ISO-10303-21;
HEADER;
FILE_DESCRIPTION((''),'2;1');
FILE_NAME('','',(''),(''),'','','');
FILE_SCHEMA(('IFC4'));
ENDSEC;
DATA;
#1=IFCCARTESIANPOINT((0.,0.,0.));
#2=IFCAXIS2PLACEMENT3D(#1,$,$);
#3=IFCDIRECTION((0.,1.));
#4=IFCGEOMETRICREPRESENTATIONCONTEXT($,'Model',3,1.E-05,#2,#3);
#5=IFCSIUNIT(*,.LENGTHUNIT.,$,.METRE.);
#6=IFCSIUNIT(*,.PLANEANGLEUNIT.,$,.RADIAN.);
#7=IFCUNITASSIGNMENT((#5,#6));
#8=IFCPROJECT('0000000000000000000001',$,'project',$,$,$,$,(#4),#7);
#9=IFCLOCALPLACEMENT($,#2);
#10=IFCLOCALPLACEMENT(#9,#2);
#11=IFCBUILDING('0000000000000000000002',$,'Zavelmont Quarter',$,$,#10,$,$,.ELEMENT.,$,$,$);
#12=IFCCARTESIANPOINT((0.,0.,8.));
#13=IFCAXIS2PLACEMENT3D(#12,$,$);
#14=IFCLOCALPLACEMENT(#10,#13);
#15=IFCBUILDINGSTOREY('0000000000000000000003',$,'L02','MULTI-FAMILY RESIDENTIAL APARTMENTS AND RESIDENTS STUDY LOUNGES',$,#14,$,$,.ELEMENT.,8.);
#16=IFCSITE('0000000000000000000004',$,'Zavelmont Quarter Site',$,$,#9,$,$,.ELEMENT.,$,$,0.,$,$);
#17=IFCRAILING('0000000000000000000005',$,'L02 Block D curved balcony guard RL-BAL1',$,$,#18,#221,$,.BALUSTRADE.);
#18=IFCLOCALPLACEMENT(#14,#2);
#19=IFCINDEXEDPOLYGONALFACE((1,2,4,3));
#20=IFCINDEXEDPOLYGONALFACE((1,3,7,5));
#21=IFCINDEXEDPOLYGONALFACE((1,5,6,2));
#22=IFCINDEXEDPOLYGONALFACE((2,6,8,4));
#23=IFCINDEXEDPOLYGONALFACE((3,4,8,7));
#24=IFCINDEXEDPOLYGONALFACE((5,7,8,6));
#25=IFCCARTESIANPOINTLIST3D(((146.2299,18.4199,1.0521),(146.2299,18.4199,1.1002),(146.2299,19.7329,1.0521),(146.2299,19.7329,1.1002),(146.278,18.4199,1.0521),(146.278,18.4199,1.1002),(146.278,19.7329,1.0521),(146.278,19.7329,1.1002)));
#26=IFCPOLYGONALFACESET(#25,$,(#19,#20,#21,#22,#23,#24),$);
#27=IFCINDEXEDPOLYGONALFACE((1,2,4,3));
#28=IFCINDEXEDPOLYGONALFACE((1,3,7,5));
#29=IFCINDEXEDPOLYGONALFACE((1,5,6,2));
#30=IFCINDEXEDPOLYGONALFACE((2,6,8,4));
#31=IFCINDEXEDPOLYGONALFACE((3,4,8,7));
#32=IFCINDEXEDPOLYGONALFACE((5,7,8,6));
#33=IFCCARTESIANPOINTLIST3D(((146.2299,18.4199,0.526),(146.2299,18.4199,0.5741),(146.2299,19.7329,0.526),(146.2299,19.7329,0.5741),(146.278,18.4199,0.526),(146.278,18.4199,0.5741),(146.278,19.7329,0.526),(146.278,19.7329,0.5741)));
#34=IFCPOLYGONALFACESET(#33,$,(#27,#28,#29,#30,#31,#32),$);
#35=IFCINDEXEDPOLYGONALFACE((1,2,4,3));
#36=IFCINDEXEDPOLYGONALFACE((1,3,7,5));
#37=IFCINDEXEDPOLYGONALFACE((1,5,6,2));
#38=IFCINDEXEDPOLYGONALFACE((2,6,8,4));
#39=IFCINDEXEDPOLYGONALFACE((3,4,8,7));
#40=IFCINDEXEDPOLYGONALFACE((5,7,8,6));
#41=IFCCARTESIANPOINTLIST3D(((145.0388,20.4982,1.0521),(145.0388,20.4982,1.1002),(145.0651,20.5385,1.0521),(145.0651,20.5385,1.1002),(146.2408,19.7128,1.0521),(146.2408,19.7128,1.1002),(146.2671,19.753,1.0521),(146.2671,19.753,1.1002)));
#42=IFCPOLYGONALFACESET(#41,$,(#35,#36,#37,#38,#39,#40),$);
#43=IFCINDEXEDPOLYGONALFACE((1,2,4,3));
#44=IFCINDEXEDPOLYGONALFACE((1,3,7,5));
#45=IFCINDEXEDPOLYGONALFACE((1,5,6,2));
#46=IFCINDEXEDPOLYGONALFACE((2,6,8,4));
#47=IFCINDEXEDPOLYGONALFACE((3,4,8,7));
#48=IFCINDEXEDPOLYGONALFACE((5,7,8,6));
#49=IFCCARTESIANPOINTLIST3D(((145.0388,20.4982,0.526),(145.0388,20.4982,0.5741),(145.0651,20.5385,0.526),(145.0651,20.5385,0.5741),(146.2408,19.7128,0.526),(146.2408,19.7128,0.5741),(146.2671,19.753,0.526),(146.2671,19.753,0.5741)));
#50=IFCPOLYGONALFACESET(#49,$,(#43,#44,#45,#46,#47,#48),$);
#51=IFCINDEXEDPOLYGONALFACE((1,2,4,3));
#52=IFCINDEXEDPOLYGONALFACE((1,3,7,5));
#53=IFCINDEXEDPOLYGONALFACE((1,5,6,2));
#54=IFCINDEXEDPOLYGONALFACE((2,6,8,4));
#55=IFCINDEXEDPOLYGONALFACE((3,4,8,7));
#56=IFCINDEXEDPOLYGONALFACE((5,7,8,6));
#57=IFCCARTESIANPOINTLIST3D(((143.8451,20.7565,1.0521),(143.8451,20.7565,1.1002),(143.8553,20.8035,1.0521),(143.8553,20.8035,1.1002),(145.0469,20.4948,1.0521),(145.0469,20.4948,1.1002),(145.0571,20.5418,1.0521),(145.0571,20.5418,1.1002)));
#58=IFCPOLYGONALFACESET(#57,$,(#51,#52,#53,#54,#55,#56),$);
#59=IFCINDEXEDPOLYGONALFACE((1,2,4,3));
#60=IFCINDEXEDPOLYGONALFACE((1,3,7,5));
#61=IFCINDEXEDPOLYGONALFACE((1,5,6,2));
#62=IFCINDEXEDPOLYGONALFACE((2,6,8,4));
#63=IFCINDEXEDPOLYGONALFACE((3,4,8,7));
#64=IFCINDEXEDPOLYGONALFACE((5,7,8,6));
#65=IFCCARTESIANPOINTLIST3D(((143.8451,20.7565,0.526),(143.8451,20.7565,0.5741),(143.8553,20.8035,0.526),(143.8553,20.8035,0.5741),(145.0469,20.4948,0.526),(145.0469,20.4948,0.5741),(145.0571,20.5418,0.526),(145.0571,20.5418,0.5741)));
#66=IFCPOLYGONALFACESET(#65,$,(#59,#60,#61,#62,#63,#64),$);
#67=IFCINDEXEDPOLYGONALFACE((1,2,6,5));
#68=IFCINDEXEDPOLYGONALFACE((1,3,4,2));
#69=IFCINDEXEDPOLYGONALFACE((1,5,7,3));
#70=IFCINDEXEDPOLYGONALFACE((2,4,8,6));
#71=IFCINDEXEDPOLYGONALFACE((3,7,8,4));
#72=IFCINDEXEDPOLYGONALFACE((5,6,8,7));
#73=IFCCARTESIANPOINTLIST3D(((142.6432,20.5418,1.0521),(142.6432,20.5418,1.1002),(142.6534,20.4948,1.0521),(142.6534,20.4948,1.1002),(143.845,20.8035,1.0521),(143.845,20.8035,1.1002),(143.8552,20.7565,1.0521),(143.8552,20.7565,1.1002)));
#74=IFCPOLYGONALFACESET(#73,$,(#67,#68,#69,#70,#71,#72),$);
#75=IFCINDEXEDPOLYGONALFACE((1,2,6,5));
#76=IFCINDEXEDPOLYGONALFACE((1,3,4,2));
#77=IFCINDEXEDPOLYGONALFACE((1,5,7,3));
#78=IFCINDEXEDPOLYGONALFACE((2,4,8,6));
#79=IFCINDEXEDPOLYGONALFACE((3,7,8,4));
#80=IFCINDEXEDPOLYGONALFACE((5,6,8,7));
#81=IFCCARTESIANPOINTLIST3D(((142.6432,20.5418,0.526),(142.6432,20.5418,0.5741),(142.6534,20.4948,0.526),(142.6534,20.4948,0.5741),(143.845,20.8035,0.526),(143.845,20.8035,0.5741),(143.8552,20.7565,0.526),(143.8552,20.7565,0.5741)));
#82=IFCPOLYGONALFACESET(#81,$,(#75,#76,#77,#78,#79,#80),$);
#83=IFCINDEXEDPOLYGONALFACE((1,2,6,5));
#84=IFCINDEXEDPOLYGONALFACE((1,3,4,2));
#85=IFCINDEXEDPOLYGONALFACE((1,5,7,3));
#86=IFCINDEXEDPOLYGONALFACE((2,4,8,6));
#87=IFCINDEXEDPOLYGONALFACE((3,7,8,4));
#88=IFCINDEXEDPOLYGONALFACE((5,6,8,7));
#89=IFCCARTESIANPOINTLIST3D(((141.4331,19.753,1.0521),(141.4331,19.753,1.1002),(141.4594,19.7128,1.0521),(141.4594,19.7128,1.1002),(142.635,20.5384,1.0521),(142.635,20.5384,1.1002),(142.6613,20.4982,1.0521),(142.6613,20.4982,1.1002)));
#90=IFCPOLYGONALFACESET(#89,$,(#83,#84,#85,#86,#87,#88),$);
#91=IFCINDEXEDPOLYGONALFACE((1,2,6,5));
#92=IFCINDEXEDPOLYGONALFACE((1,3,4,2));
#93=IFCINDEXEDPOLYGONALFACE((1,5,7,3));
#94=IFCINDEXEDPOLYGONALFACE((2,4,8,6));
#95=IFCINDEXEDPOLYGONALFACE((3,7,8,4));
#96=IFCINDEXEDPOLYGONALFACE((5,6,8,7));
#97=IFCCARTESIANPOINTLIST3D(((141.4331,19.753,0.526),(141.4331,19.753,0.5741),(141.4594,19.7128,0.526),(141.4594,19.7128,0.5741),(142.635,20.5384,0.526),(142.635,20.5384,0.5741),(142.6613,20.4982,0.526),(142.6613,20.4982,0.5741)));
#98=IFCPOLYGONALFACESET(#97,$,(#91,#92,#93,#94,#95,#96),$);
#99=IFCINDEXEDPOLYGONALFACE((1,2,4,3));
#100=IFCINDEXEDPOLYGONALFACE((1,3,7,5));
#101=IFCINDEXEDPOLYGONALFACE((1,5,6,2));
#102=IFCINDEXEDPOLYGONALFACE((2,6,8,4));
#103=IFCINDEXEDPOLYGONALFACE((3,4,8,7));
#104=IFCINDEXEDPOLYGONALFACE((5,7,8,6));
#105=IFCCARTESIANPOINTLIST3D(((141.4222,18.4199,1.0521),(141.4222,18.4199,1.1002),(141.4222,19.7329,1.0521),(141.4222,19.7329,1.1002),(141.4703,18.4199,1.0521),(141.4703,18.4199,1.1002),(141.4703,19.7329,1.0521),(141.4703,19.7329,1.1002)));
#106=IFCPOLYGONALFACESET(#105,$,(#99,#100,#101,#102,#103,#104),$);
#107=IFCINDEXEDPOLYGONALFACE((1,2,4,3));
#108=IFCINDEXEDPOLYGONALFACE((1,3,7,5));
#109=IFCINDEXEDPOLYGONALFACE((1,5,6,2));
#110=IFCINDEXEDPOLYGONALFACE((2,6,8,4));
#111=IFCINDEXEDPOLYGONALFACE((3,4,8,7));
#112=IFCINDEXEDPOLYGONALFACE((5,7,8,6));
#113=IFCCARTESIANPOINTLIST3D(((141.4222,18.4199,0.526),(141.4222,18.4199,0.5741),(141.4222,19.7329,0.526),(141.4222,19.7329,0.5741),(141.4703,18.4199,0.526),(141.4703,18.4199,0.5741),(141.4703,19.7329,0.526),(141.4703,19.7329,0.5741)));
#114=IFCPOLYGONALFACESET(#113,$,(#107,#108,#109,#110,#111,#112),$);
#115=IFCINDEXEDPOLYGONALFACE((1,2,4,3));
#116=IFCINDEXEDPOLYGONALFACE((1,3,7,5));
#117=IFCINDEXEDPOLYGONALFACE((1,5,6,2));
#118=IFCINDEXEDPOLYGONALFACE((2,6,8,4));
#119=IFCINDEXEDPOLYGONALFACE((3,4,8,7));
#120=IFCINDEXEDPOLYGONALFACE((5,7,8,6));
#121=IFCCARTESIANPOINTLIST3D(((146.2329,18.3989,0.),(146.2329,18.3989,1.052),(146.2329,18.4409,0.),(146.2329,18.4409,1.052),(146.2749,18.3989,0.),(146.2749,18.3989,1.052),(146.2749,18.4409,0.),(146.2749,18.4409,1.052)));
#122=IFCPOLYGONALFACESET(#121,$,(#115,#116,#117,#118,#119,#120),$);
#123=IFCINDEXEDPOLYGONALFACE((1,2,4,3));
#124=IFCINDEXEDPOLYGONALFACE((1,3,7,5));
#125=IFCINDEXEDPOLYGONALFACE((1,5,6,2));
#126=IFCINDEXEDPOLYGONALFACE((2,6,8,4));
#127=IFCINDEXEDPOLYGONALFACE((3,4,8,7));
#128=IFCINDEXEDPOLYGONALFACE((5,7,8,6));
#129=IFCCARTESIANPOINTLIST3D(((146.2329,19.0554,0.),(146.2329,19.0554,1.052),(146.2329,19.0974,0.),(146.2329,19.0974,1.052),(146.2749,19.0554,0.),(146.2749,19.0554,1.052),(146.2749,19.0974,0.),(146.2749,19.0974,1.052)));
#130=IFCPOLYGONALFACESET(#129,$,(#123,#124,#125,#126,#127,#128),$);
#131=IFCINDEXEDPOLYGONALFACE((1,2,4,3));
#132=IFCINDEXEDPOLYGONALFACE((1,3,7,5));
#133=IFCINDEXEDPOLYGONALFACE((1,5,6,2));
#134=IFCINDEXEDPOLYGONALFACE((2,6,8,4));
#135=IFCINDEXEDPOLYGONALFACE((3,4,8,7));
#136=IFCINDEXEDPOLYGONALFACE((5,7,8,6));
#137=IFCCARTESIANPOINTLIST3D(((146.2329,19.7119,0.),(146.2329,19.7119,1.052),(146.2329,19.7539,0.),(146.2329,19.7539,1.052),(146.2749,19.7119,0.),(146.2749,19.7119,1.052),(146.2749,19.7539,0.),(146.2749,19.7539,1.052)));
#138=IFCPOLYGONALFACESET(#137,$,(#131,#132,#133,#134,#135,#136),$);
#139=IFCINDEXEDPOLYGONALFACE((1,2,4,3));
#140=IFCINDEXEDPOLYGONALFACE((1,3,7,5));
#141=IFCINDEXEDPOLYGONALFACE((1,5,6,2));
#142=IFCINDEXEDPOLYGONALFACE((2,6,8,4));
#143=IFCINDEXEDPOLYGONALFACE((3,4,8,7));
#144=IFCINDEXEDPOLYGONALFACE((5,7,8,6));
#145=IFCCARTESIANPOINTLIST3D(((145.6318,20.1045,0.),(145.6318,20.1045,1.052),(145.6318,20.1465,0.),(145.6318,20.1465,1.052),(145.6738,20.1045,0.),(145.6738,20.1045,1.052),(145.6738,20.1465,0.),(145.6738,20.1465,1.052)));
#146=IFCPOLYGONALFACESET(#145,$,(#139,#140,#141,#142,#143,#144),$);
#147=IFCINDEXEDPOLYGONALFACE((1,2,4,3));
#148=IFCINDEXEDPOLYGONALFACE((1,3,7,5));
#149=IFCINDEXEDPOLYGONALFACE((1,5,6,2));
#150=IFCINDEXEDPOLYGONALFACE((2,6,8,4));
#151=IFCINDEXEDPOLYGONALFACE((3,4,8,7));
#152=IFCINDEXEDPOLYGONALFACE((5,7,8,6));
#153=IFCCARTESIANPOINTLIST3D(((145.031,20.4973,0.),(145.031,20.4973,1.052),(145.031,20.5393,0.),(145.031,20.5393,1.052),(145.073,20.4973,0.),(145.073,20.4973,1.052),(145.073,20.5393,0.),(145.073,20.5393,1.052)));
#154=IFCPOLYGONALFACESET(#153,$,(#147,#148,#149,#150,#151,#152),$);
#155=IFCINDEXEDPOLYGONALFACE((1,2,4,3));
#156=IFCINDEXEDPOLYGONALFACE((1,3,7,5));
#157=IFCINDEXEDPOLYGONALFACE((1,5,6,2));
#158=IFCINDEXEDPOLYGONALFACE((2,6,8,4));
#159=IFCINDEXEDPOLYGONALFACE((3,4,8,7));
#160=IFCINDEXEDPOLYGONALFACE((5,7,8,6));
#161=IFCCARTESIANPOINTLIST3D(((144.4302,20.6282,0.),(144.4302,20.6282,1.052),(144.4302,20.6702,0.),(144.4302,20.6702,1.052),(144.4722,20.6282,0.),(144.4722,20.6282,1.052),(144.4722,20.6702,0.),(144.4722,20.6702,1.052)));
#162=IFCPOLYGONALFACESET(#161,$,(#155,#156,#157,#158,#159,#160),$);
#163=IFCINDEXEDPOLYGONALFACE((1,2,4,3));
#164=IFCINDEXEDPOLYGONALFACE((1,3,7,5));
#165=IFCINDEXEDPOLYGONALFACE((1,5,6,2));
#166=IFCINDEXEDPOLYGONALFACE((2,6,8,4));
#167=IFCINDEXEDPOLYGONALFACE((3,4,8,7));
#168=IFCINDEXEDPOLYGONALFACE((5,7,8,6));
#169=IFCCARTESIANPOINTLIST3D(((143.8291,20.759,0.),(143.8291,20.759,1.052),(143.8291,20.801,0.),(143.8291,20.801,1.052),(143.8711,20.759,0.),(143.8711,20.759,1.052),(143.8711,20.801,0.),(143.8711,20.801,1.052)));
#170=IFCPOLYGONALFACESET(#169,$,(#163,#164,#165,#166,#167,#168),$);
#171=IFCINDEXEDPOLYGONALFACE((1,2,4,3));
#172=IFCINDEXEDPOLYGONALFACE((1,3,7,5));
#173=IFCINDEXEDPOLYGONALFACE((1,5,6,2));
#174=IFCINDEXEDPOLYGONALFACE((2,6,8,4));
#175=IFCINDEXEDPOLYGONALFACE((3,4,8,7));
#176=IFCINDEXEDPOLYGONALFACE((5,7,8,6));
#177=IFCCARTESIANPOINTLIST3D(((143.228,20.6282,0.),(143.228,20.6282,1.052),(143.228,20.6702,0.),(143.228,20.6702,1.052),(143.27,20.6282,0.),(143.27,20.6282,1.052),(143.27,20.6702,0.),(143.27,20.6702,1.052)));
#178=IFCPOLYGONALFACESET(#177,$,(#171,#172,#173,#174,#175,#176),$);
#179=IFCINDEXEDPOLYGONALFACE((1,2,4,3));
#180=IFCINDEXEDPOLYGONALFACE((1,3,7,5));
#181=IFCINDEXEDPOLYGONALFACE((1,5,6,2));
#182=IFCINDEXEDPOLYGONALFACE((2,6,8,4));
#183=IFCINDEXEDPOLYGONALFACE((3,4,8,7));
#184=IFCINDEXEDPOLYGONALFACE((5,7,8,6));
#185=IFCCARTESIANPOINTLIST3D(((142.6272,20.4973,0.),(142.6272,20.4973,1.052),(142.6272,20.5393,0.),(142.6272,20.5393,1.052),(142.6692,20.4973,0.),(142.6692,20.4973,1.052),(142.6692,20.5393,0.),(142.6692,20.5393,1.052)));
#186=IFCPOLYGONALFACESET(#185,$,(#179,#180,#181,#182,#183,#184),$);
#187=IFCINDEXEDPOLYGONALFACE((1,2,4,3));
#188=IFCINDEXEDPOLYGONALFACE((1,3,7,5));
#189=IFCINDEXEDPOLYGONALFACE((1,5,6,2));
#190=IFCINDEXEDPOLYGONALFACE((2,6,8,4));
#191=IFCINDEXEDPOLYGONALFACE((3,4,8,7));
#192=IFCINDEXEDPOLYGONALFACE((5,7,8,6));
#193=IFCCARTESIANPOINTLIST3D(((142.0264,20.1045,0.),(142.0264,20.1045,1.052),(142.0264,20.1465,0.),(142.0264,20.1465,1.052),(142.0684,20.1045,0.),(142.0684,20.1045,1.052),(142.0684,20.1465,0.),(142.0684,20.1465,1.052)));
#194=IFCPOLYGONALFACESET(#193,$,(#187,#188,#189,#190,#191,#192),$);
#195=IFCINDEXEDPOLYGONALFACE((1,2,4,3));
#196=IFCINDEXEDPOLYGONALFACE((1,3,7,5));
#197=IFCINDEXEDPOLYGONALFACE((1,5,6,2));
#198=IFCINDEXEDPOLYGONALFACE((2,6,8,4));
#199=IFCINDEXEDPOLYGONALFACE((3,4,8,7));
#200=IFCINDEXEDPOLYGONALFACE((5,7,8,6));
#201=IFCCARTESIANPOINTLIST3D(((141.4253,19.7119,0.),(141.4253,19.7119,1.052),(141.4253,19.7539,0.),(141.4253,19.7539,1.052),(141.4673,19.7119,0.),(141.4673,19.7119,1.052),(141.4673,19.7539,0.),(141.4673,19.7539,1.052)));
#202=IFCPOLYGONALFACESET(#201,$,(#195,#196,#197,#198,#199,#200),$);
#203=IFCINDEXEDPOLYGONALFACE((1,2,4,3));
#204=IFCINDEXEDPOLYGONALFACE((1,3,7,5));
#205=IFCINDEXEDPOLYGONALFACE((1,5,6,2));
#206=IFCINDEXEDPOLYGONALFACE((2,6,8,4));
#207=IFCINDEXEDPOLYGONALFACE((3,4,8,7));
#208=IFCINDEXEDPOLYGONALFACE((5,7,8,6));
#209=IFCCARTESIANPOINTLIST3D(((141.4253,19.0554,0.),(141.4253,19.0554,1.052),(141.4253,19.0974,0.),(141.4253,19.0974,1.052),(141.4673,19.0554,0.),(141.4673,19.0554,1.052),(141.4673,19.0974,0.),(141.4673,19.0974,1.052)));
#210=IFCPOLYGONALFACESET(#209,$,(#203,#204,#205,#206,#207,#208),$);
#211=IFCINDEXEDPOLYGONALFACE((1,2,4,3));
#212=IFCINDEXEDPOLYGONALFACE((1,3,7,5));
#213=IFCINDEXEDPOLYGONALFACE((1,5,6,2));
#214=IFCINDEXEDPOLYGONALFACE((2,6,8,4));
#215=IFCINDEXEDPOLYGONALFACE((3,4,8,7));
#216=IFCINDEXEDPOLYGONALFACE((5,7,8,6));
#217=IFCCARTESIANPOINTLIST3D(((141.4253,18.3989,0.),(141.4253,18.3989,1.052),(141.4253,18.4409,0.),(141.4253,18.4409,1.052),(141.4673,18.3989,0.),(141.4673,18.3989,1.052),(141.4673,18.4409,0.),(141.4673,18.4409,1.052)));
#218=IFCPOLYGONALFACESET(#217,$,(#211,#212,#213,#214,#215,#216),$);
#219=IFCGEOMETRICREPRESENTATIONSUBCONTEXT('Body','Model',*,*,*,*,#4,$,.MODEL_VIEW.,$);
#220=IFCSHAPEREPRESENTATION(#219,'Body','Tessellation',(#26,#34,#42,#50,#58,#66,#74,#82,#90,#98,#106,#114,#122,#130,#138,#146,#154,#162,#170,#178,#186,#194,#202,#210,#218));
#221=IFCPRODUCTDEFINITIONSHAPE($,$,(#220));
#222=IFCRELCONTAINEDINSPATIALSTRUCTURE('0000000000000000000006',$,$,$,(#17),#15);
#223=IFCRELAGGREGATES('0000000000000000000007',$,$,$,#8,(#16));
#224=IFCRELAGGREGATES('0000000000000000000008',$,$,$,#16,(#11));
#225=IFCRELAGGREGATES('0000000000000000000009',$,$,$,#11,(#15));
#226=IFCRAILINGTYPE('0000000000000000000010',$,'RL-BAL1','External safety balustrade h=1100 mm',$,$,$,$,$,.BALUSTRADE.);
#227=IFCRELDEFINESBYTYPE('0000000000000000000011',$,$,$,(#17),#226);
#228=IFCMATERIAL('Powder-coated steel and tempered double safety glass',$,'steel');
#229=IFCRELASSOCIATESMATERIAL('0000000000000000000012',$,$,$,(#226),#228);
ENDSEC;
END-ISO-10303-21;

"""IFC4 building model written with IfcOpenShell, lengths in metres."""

from ifc_helpers import new_model, si_unit, direction, frame, origin, origin_2d, place, context, subcontext, project, spatial, rectangle, extrude, material, type_object, element, save


model = new_model("IFC4")

# Units and contexts
model_context = context("Model", 3, precision=1e-05, world=origin(), true_north=direction((0.0, 1.0)))
body_context = subcontext(model_context, "Body", "Model", "MODEL_VIEW")
ifc_project = project(units=[si_unit("LENGTHUNIT", "METRE"), si_unit("PLANEANGLEUNIT", "RADIAN")], contexts=[model_context])

# Site, building, storey
site_placement = place(None, origin())
site = spatial("IfcSite", under=ifc_project, at=site_placement, Name="Zavelmont Quarter Site", CompositionType="ELEMENT", RefElevation=0.0)
building_placement = place(site_placement, origin())
building = spatial("IfcBuilding", under=site, at=building_placement, Name="Zavelmont Quarter", CompositionType="ELEMENT")
storey_placement = place(building_placement, frame((0.0, 0.0, 8.0)))
storey = spatial("IfcBuildingStorey", under=building, at=storey_placement, Name="L02", Description="MULTI-FAMILY RESIDENTIAL APARTMENTS AND RESIDENTS STUDY LOUNGES", CompositionType="ELEMENT", Elevation=8.0)

# Railing
ifc_material_1 = material(Name="Powder-coated steel and tempered double safety glass", Category="steel")
railing_type = type_object("IfcRailingType", Name="RL-BAL1", Description="External safety balustrade h=1100 mm", PredefinedType="BALUSTRADE", material=ifc_material_1)
railing_placement = place(storey_placement, frame((146.2539, 18.4199, 0.0)))
element("IfcRailing", 1, at=railing_placement, inside=storey, type_object=railing_type, Name="L02 Block D curved balcony guard RL-BAL1", PredefinedType="BALUSTRADE", context=body_context, shape_type="SweptSolid", body=[
    extrude(rectangle(XDim=0.0481, YDim=0.0481, at=origin_2d()), frame((0.0, 0.0, 1.0762), z_axis=(0.0, 1.0, 0.0), x_axis=(-1.0, 0.0, 0.0)), (0.0, 0.0, 1.0), 1.313),
    extrude(rectangle(XDim=0.0481, YDim=0.0481, at=origin_2d()), frame((0.0, 0.0, 0.55), z_axis=(0.0, 1.0, 0.0), x_axis=(-1.0, 0.0, 0.0)), (0.0, 0.0, 1.0), 1.313),
    extrude(rectangle(XDim=0.0481, YDim=0.0481, at=origin_2d()), frame((0.0, 1.313, 1.0762), z_axis=(-0.837116, 0.547025, 0.0), x_axis=(-0.547025, -0.837116, 0.0)), (0.0, 0.0, 1.0), 1.4358),
    extrude(rectangle(XDim=0.0481, YDim=0.0481, at=origin_2d()), frame((0.0, 1.313, 0.55), z_axis=(-0.837116, 0.547025, 0.0), x_axis=(-0.547025, -0.837116, 0.0)), (0.0, 0.0, 1.0), 1.4358),
    extrude(rectangle(XDim=0.0481, YDim=0.0481, at=origin_2d()), frame((-1.2019, 2.0984, 1.0762), z_axis=(-0.977103, 0.212767, 0.0), x_axis=(-0.212767, -0.977103, 0.0)), (0.0, 0.0, 1.0), 1.23),
    extrude(rectangle(XDim=0.0481, YDim=0.0481, at=origin_2d()), frame((-1.2019, 2.0984, 0.55), z_axis=(-0.977103, 0.212767, 0.0), x_axis=(-0.212767, -0.977103, 0.0)), (0.0, 0.0, 1.0), 1.23),
    extrude(rectangle(XDim=0.0481, YDim=0.0481, at=origin_2d()), frame((-2.4038, 2.3601, 1.0762), z_axis=(-0.977103, -0.212767, 0.0), x_axis=(0.212767, -0.977103, 0.0)), (0.0, 0.0, 1.0), 1.23),
    extrude(rectangle(XDim=0.0481, YDim=0.0481, at=origin_2d()), frame((-2.4038, 2.3601, 0.55), z_axis=(-0.977103, -0.212767, 0.0), x_axis=(0.212767, -0.977103, 0.0)), (0.0, 0.0, 1.0), 1.23),
    extrude(rectangle(XDim=0.0481, YDim=0.0481, at=origin_2d()), frame((-3.6057, 2.0984, 1.0762), z_axis=(-0.837116, -0.547025, 0.0), x_axis=(0.547025, -0.837116, 0.0)), (0.0, 0.0, 1.0), 1.4358),
    extrude(rectangle(XDim=0.0481, YDim=0.0481, at=origin_2d()), frame((-3.6057, 2.0984, 0.55), z_axis=(-0.837116, -0.547025, 0.0), x_axis=(0.547025, -0.837116, 0.0)), (0.0, 0.0, 1.0), 1.4358),
    extrude(rectangle(XDim=0.0481, YDim=0.0481, at=origin_2d()), frame((-4.8076, 1.313, 1.0762), z_axis=(0.0, -1.0, 0.0), x_axis=(1.0, 0.0, 0.0)), (0.0, 0.0, 1.0), 1.313),
    extrude(rectangle(XDim=0.0481, YDim=0.0481, at=origin_2d()), frame((-4.8076, 1.313, 0.55), z_axis=(0.0, -1.0, 0.0), x_axis=(1.0, 0.0, 0.0)), (0.0, 0.0, 1.0), 1.313),
    extrude(rectangle(XDim=0.042, YDim=0.042, at=origin_2d()), origin(), (0.0, 0.0, 1.0), 1.052),
    extrude(rectangle(XDim=0.042, YDim=0.042, at=origin_2d()), frame((0.0, 0.6565, 0.0)), (0.0, 0.0, 1.0), 1.052),
    extrude(rectangle(XDim=0.042, YDim=0.042, at=origin_2d()), frame((0.0, 1.313, 0.0)), (0.0, 0.0, 1.0), 1.052),
    extrude(rectangle(XDim=0.042, YDim=0.042, at=origin_2d()), frame((-0.6011, 1.7056, 0.0)), (0.0, 0.0, 1.0), 1.052),
    extrude(rectangle(XDim=0.042, YDim=0.042, at=origin_2d()), frame((-1.2019, 2.0984, 0.0)), (0.0, 0.0, 1.0), 1.052),
    extrude(rectangle(XDim=0.042, YDim=0.042, at=origin_2d()), frame((-1.8027, 2.2292, 0.0)), (0.0, 0.0, 1.0), 1.052),
    extrude(rectangle(XDim=0.042, YDim=0.042, at=origin_2d()), frame((-2.4038, 2.3601, 0.0)), (0.0, 0.0, 1.0), 1.052),
    extrude(rectangle(XDim=0.042, YDim=0.042, at=origin_2d()), frame((-3.0049, 2.2292, 0.0)), (0.0, 0.0, 1.0), 1.052),
    extrude(rectangle(XDim=0.042, YDim=0.042, at=origin_2d()), frame((-3.6057, 2.0984, 0.0)), (0.0, 0.0, 1.0), 1.052),
    extrude(rectangle(XDim=0.042, YDim=0.042, at=origin_2d()), frame((-4.2065, 1.7056, 0.0)), (0.0, 0.0, 1.0), 1.052),
    extrude(rectangle(XDim=0.042, YDim=0.042, at=origin_2d()), frame((-4.8076, 1.313, 0.0)), (0.0, 0.0, 1.0), 1.052),
    extrude(rectangle(XDim=0.042, YDim=0.042, at=origin_2d()), frame((-4.8076, 0.6565, 0.0)), (0.0, 0.0, 1.0), 1.052),
    extrude(rectangle(XDim=0.042, YDim=0.042, at=origin_2d()), frame((-4.8076, 0.0, 0.0)), (0.0, 0.0, 1.0), 1.052),
])

save(model, "model.ifc")
